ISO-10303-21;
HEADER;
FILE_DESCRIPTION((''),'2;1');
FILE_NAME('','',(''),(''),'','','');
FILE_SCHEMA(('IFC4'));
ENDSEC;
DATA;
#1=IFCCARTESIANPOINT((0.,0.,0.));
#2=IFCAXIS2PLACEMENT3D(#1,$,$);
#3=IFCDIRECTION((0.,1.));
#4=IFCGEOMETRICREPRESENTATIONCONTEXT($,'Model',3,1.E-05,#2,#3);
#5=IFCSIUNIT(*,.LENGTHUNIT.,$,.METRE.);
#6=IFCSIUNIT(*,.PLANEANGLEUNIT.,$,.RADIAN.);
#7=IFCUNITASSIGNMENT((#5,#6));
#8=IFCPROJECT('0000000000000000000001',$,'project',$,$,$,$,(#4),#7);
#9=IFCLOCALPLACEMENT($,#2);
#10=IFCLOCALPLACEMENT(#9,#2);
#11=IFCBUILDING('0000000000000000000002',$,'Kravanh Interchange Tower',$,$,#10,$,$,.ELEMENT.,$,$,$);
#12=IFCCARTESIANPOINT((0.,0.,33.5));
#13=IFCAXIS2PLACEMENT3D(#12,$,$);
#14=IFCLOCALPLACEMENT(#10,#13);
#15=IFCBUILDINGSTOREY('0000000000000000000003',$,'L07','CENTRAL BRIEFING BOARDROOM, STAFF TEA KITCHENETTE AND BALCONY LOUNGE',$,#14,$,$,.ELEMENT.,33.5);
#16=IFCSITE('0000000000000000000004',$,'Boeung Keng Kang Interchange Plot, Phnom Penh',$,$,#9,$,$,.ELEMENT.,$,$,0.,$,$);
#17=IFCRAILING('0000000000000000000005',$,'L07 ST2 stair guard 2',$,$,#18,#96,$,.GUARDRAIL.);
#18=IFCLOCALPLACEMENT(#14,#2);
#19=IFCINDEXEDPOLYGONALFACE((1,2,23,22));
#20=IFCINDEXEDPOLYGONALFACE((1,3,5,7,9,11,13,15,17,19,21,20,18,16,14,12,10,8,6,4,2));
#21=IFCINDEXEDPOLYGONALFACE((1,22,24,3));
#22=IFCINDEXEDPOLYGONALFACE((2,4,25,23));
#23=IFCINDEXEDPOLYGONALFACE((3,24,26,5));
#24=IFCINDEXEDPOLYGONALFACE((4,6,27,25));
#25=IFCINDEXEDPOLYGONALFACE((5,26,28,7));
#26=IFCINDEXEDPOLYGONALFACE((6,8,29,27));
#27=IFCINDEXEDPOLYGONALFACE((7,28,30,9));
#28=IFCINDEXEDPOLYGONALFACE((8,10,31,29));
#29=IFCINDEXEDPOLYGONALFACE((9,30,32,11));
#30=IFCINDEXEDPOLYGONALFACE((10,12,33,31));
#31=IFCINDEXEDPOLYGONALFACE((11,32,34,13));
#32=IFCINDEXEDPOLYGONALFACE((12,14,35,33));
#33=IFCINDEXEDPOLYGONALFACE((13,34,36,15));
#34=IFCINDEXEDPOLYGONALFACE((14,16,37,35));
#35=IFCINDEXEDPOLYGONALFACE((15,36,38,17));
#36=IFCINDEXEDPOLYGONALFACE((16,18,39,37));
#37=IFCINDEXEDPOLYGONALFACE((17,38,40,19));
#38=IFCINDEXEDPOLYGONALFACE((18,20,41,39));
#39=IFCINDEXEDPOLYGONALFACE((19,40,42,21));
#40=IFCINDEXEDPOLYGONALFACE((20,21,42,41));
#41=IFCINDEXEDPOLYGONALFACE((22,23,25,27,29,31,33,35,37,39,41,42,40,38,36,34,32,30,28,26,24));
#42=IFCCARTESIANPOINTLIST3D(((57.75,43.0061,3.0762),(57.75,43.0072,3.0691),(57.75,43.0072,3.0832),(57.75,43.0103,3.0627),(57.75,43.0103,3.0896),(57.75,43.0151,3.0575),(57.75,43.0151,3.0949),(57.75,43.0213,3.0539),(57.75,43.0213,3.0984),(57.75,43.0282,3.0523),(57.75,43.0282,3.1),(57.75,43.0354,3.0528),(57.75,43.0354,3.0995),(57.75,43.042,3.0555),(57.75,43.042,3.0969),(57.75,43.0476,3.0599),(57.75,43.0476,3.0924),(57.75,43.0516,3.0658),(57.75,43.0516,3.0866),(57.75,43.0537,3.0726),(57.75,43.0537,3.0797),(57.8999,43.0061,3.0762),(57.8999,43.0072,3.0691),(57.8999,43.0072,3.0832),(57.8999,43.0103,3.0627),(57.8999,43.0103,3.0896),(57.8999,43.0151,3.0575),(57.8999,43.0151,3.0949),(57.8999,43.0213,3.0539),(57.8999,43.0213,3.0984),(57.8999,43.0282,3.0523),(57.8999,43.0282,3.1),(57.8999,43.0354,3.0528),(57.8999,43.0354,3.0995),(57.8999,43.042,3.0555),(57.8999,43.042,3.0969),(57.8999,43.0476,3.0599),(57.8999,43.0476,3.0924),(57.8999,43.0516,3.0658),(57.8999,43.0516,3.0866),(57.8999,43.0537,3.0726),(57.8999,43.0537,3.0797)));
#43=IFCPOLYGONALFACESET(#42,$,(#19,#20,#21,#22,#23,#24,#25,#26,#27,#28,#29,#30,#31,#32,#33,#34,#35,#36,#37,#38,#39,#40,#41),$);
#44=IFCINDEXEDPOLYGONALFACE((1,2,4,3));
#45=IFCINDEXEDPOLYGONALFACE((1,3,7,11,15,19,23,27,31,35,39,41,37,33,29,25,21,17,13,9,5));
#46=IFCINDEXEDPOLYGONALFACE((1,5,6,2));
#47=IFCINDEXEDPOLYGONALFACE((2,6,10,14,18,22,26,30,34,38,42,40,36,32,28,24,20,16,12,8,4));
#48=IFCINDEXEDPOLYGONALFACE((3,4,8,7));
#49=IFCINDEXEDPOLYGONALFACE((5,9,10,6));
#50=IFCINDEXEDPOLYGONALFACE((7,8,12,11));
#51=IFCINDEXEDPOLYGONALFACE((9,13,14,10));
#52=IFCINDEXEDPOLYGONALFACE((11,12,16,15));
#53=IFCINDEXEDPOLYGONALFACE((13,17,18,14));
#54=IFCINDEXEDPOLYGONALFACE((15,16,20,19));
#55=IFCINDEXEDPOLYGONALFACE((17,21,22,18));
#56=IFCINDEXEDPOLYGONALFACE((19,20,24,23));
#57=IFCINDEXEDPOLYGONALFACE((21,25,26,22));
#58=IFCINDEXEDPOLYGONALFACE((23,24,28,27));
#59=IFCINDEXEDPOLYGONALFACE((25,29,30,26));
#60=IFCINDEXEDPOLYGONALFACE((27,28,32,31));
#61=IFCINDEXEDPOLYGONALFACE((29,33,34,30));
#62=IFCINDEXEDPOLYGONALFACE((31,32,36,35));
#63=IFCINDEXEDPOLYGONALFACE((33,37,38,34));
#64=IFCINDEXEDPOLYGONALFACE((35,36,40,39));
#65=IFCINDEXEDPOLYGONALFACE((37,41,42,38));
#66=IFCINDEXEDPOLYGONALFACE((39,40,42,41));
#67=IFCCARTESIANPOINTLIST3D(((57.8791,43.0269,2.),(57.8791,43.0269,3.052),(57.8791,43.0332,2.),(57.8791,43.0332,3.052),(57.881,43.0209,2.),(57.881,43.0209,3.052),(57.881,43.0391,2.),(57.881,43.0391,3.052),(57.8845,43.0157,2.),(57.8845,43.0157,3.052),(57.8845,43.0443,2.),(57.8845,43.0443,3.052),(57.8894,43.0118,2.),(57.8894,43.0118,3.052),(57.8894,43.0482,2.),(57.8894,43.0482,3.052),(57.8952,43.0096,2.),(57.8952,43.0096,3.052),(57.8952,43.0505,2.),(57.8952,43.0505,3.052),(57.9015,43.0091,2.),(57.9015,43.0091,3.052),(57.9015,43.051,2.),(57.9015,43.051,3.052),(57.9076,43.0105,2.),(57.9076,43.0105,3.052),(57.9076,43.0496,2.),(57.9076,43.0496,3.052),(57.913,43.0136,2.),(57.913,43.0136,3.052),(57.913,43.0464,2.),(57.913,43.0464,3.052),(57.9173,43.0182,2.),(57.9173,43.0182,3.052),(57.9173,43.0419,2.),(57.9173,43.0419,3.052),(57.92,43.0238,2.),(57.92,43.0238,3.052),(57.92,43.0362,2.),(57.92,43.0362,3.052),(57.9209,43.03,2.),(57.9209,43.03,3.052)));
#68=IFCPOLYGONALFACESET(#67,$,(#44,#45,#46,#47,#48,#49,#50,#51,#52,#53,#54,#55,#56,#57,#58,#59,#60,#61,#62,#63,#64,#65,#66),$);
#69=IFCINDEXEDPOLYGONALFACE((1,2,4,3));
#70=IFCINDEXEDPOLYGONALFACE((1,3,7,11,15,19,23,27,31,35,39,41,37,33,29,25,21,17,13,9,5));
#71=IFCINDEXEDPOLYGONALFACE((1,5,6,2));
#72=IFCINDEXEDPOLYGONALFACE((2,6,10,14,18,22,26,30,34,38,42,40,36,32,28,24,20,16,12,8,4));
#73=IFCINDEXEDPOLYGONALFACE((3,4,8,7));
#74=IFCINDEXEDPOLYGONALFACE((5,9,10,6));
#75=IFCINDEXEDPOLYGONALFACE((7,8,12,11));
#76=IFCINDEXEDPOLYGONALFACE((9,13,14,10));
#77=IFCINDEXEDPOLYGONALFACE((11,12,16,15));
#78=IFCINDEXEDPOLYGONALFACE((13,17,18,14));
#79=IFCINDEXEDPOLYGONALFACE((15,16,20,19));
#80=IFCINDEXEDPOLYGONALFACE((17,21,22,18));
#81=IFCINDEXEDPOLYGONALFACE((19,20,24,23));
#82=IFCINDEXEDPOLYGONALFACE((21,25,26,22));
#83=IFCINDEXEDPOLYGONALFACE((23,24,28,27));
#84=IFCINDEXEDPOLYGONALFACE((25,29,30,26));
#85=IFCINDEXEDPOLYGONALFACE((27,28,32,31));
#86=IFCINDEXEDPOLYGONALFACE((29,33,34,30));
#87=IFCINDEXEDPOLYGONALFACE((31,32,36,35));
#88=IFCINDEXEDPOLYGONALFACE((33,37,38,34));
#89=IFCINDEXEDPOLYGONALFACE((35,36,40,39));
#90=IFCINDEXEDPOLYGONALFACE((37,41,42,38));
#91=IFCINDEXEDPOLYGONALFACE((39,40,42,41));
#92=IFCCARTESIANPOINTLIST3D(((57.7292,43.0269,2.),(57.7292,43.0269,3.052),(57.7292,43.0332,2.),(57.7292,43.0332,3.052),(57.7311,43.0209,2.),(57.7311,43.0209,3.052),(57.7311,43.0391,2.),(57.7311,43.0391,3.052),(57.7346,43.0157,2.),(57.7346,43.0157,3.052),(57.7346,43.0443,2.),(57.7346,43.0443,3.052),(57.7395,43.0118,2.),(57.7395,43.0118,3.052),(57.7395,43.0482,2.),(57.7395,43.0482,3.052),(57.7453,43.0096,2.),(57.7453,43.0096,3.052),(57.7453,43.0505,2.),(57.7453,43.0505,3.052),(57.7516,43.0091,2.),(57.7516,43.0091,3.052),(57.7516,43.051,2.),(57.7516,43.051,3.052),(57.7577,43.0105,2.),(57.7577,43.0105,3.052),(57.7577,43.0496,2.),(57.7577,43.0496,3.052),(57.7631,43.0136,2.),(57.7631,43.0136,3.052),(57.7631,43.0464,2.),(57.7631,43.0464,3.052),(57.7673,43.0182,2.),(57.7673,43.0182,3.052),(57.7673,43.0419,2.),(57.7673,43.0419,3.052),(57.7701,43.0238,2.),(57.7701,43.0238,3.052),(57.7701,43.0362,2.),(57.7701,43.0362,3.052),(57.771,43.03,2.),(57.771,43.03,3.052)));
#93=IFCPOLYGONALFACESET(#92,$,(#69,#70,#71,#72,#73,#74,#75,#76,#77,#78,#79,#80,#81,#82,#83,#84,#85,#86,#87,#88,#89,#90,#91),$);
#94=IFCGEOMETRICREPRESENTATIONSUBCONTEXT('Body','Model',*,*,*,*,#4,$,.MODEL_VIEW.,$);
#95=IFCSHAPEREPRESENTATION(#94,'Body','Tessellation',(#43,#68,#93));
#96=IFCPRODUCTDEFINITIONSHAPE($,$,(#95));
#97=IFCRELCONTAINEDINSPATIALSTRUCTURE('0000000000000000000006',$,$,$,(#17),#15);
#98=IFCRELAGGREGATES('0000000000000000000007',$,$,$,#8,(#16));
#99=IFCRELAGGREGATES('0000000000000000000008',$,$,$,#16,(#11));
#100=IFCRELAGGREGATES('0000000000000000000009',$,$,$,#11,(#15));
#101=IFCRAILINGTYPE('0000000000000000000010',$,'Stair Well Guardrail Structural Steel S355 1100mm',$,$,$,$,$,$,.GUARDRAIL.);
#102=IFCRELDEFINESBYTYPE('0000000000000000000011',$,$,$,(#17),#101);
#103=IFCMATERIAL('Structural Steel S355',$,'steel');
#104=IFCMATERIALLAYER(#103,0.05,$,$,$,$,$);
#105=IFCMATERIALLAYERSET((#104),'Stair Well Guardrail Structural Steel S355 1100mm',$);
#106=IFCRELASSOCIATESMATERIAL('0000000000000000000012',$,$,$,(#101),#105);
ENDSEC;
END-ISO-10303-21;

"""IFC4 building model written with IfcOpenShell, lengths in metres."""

from ifc_helpers import new_model, si_unit, direction, frame, origin, origin_2d, place, context, subcontext, project, spatial, circle, extrude, material, layer, layer_set, type_object, element, save


model = new_model("IFC4")

# Units and contexts
model_context = context("Model", 3, precision=1e-05, world=origin(), true_north=direction((0.0, 1.0)))
body_context = subcontext(model_context, "Body", "Model", "MODEL_VIEW")
ifc_project = project(units=[si_unit("LENGTHUNIT", "METRE"), si_unit("PLANEANGLEUNIT", "RADIAN")], contexts=[model_context])

# Site, building, storey
site_placement = place(None, origin())
site = spatial("IfcSite", under=ifc_project, at=site_placement, Name="Boeung Keng Kang Interchange Plot, Phnom Penh", CompositionType="ELEMENT", RefElevation=0.0)
building_placement = place(site_placement, origin())
building = spatial("IfcBuilding", under=site, at=building_placement, Name="Kravanh Interchange Tower", CompositionType="ELEMENT")
storey_placement = place(building_placement, frame((0.0, 0.0, 33.5)))
storey = spatial("IfcBuildingStorey", under=building, at=storey_placement, Name="L07", Description="CENTRAL BRIEFING BOARDROOM, STAFF TEA KITCHENETTE AND BALCONY LOUNGE", CompositionType="ELEMENT", Elevation=33.5)

# Railing
ifc_material_1 = material(Name="Structural Steel S355", Category="steel")
ifc_layer_1 = layer(ifc_material_1, 0.05)
ifc_layer_set_1 = layer_set([ifc_layer_1], Name="Stair Well Guardrail Structural Steel S355 1100mm")
railing_type_1 = type_object("IfcRailingType", Name="Stair Well Guardrail Structural Steel S355 1100mm", PredefinedType="GUARDRAIL", material=ifc_layer_set_1)
railing_1_placement = place(storey_placement, frame((57.8999, 43.03, 2.0)))
element("IfcRailing", 1, at=railing_1_placement, inside=storey, type_object=railing_type_1, Name="L07 ST2 stair guard 2", PredefinedType="GUARDRAIL", context=body_context, shape_type="SweptSolid", body=[
    extrude(circle(Radius=0.0239, at=origin_2d()), frame((0.0, 0.0, 1.0762), z_axis=(-1.0, 0.0, 0.0), x_axis=(0.0, -1.0, 0.0)), (0.0, 0.0, 1.0), 0.1499),
    extrude(circle(Radius=0.021, at=origin_2d()), origin(), (0.0, 0.0, 1.0), 1.052),
    extrude(circle(Radius=0.021, at=origin_2d()), frame((-0.1499, 0.0, 0.0)), (0.0, 0.0, 1.0), 1.052),
])

save(model, "model.ifc")
